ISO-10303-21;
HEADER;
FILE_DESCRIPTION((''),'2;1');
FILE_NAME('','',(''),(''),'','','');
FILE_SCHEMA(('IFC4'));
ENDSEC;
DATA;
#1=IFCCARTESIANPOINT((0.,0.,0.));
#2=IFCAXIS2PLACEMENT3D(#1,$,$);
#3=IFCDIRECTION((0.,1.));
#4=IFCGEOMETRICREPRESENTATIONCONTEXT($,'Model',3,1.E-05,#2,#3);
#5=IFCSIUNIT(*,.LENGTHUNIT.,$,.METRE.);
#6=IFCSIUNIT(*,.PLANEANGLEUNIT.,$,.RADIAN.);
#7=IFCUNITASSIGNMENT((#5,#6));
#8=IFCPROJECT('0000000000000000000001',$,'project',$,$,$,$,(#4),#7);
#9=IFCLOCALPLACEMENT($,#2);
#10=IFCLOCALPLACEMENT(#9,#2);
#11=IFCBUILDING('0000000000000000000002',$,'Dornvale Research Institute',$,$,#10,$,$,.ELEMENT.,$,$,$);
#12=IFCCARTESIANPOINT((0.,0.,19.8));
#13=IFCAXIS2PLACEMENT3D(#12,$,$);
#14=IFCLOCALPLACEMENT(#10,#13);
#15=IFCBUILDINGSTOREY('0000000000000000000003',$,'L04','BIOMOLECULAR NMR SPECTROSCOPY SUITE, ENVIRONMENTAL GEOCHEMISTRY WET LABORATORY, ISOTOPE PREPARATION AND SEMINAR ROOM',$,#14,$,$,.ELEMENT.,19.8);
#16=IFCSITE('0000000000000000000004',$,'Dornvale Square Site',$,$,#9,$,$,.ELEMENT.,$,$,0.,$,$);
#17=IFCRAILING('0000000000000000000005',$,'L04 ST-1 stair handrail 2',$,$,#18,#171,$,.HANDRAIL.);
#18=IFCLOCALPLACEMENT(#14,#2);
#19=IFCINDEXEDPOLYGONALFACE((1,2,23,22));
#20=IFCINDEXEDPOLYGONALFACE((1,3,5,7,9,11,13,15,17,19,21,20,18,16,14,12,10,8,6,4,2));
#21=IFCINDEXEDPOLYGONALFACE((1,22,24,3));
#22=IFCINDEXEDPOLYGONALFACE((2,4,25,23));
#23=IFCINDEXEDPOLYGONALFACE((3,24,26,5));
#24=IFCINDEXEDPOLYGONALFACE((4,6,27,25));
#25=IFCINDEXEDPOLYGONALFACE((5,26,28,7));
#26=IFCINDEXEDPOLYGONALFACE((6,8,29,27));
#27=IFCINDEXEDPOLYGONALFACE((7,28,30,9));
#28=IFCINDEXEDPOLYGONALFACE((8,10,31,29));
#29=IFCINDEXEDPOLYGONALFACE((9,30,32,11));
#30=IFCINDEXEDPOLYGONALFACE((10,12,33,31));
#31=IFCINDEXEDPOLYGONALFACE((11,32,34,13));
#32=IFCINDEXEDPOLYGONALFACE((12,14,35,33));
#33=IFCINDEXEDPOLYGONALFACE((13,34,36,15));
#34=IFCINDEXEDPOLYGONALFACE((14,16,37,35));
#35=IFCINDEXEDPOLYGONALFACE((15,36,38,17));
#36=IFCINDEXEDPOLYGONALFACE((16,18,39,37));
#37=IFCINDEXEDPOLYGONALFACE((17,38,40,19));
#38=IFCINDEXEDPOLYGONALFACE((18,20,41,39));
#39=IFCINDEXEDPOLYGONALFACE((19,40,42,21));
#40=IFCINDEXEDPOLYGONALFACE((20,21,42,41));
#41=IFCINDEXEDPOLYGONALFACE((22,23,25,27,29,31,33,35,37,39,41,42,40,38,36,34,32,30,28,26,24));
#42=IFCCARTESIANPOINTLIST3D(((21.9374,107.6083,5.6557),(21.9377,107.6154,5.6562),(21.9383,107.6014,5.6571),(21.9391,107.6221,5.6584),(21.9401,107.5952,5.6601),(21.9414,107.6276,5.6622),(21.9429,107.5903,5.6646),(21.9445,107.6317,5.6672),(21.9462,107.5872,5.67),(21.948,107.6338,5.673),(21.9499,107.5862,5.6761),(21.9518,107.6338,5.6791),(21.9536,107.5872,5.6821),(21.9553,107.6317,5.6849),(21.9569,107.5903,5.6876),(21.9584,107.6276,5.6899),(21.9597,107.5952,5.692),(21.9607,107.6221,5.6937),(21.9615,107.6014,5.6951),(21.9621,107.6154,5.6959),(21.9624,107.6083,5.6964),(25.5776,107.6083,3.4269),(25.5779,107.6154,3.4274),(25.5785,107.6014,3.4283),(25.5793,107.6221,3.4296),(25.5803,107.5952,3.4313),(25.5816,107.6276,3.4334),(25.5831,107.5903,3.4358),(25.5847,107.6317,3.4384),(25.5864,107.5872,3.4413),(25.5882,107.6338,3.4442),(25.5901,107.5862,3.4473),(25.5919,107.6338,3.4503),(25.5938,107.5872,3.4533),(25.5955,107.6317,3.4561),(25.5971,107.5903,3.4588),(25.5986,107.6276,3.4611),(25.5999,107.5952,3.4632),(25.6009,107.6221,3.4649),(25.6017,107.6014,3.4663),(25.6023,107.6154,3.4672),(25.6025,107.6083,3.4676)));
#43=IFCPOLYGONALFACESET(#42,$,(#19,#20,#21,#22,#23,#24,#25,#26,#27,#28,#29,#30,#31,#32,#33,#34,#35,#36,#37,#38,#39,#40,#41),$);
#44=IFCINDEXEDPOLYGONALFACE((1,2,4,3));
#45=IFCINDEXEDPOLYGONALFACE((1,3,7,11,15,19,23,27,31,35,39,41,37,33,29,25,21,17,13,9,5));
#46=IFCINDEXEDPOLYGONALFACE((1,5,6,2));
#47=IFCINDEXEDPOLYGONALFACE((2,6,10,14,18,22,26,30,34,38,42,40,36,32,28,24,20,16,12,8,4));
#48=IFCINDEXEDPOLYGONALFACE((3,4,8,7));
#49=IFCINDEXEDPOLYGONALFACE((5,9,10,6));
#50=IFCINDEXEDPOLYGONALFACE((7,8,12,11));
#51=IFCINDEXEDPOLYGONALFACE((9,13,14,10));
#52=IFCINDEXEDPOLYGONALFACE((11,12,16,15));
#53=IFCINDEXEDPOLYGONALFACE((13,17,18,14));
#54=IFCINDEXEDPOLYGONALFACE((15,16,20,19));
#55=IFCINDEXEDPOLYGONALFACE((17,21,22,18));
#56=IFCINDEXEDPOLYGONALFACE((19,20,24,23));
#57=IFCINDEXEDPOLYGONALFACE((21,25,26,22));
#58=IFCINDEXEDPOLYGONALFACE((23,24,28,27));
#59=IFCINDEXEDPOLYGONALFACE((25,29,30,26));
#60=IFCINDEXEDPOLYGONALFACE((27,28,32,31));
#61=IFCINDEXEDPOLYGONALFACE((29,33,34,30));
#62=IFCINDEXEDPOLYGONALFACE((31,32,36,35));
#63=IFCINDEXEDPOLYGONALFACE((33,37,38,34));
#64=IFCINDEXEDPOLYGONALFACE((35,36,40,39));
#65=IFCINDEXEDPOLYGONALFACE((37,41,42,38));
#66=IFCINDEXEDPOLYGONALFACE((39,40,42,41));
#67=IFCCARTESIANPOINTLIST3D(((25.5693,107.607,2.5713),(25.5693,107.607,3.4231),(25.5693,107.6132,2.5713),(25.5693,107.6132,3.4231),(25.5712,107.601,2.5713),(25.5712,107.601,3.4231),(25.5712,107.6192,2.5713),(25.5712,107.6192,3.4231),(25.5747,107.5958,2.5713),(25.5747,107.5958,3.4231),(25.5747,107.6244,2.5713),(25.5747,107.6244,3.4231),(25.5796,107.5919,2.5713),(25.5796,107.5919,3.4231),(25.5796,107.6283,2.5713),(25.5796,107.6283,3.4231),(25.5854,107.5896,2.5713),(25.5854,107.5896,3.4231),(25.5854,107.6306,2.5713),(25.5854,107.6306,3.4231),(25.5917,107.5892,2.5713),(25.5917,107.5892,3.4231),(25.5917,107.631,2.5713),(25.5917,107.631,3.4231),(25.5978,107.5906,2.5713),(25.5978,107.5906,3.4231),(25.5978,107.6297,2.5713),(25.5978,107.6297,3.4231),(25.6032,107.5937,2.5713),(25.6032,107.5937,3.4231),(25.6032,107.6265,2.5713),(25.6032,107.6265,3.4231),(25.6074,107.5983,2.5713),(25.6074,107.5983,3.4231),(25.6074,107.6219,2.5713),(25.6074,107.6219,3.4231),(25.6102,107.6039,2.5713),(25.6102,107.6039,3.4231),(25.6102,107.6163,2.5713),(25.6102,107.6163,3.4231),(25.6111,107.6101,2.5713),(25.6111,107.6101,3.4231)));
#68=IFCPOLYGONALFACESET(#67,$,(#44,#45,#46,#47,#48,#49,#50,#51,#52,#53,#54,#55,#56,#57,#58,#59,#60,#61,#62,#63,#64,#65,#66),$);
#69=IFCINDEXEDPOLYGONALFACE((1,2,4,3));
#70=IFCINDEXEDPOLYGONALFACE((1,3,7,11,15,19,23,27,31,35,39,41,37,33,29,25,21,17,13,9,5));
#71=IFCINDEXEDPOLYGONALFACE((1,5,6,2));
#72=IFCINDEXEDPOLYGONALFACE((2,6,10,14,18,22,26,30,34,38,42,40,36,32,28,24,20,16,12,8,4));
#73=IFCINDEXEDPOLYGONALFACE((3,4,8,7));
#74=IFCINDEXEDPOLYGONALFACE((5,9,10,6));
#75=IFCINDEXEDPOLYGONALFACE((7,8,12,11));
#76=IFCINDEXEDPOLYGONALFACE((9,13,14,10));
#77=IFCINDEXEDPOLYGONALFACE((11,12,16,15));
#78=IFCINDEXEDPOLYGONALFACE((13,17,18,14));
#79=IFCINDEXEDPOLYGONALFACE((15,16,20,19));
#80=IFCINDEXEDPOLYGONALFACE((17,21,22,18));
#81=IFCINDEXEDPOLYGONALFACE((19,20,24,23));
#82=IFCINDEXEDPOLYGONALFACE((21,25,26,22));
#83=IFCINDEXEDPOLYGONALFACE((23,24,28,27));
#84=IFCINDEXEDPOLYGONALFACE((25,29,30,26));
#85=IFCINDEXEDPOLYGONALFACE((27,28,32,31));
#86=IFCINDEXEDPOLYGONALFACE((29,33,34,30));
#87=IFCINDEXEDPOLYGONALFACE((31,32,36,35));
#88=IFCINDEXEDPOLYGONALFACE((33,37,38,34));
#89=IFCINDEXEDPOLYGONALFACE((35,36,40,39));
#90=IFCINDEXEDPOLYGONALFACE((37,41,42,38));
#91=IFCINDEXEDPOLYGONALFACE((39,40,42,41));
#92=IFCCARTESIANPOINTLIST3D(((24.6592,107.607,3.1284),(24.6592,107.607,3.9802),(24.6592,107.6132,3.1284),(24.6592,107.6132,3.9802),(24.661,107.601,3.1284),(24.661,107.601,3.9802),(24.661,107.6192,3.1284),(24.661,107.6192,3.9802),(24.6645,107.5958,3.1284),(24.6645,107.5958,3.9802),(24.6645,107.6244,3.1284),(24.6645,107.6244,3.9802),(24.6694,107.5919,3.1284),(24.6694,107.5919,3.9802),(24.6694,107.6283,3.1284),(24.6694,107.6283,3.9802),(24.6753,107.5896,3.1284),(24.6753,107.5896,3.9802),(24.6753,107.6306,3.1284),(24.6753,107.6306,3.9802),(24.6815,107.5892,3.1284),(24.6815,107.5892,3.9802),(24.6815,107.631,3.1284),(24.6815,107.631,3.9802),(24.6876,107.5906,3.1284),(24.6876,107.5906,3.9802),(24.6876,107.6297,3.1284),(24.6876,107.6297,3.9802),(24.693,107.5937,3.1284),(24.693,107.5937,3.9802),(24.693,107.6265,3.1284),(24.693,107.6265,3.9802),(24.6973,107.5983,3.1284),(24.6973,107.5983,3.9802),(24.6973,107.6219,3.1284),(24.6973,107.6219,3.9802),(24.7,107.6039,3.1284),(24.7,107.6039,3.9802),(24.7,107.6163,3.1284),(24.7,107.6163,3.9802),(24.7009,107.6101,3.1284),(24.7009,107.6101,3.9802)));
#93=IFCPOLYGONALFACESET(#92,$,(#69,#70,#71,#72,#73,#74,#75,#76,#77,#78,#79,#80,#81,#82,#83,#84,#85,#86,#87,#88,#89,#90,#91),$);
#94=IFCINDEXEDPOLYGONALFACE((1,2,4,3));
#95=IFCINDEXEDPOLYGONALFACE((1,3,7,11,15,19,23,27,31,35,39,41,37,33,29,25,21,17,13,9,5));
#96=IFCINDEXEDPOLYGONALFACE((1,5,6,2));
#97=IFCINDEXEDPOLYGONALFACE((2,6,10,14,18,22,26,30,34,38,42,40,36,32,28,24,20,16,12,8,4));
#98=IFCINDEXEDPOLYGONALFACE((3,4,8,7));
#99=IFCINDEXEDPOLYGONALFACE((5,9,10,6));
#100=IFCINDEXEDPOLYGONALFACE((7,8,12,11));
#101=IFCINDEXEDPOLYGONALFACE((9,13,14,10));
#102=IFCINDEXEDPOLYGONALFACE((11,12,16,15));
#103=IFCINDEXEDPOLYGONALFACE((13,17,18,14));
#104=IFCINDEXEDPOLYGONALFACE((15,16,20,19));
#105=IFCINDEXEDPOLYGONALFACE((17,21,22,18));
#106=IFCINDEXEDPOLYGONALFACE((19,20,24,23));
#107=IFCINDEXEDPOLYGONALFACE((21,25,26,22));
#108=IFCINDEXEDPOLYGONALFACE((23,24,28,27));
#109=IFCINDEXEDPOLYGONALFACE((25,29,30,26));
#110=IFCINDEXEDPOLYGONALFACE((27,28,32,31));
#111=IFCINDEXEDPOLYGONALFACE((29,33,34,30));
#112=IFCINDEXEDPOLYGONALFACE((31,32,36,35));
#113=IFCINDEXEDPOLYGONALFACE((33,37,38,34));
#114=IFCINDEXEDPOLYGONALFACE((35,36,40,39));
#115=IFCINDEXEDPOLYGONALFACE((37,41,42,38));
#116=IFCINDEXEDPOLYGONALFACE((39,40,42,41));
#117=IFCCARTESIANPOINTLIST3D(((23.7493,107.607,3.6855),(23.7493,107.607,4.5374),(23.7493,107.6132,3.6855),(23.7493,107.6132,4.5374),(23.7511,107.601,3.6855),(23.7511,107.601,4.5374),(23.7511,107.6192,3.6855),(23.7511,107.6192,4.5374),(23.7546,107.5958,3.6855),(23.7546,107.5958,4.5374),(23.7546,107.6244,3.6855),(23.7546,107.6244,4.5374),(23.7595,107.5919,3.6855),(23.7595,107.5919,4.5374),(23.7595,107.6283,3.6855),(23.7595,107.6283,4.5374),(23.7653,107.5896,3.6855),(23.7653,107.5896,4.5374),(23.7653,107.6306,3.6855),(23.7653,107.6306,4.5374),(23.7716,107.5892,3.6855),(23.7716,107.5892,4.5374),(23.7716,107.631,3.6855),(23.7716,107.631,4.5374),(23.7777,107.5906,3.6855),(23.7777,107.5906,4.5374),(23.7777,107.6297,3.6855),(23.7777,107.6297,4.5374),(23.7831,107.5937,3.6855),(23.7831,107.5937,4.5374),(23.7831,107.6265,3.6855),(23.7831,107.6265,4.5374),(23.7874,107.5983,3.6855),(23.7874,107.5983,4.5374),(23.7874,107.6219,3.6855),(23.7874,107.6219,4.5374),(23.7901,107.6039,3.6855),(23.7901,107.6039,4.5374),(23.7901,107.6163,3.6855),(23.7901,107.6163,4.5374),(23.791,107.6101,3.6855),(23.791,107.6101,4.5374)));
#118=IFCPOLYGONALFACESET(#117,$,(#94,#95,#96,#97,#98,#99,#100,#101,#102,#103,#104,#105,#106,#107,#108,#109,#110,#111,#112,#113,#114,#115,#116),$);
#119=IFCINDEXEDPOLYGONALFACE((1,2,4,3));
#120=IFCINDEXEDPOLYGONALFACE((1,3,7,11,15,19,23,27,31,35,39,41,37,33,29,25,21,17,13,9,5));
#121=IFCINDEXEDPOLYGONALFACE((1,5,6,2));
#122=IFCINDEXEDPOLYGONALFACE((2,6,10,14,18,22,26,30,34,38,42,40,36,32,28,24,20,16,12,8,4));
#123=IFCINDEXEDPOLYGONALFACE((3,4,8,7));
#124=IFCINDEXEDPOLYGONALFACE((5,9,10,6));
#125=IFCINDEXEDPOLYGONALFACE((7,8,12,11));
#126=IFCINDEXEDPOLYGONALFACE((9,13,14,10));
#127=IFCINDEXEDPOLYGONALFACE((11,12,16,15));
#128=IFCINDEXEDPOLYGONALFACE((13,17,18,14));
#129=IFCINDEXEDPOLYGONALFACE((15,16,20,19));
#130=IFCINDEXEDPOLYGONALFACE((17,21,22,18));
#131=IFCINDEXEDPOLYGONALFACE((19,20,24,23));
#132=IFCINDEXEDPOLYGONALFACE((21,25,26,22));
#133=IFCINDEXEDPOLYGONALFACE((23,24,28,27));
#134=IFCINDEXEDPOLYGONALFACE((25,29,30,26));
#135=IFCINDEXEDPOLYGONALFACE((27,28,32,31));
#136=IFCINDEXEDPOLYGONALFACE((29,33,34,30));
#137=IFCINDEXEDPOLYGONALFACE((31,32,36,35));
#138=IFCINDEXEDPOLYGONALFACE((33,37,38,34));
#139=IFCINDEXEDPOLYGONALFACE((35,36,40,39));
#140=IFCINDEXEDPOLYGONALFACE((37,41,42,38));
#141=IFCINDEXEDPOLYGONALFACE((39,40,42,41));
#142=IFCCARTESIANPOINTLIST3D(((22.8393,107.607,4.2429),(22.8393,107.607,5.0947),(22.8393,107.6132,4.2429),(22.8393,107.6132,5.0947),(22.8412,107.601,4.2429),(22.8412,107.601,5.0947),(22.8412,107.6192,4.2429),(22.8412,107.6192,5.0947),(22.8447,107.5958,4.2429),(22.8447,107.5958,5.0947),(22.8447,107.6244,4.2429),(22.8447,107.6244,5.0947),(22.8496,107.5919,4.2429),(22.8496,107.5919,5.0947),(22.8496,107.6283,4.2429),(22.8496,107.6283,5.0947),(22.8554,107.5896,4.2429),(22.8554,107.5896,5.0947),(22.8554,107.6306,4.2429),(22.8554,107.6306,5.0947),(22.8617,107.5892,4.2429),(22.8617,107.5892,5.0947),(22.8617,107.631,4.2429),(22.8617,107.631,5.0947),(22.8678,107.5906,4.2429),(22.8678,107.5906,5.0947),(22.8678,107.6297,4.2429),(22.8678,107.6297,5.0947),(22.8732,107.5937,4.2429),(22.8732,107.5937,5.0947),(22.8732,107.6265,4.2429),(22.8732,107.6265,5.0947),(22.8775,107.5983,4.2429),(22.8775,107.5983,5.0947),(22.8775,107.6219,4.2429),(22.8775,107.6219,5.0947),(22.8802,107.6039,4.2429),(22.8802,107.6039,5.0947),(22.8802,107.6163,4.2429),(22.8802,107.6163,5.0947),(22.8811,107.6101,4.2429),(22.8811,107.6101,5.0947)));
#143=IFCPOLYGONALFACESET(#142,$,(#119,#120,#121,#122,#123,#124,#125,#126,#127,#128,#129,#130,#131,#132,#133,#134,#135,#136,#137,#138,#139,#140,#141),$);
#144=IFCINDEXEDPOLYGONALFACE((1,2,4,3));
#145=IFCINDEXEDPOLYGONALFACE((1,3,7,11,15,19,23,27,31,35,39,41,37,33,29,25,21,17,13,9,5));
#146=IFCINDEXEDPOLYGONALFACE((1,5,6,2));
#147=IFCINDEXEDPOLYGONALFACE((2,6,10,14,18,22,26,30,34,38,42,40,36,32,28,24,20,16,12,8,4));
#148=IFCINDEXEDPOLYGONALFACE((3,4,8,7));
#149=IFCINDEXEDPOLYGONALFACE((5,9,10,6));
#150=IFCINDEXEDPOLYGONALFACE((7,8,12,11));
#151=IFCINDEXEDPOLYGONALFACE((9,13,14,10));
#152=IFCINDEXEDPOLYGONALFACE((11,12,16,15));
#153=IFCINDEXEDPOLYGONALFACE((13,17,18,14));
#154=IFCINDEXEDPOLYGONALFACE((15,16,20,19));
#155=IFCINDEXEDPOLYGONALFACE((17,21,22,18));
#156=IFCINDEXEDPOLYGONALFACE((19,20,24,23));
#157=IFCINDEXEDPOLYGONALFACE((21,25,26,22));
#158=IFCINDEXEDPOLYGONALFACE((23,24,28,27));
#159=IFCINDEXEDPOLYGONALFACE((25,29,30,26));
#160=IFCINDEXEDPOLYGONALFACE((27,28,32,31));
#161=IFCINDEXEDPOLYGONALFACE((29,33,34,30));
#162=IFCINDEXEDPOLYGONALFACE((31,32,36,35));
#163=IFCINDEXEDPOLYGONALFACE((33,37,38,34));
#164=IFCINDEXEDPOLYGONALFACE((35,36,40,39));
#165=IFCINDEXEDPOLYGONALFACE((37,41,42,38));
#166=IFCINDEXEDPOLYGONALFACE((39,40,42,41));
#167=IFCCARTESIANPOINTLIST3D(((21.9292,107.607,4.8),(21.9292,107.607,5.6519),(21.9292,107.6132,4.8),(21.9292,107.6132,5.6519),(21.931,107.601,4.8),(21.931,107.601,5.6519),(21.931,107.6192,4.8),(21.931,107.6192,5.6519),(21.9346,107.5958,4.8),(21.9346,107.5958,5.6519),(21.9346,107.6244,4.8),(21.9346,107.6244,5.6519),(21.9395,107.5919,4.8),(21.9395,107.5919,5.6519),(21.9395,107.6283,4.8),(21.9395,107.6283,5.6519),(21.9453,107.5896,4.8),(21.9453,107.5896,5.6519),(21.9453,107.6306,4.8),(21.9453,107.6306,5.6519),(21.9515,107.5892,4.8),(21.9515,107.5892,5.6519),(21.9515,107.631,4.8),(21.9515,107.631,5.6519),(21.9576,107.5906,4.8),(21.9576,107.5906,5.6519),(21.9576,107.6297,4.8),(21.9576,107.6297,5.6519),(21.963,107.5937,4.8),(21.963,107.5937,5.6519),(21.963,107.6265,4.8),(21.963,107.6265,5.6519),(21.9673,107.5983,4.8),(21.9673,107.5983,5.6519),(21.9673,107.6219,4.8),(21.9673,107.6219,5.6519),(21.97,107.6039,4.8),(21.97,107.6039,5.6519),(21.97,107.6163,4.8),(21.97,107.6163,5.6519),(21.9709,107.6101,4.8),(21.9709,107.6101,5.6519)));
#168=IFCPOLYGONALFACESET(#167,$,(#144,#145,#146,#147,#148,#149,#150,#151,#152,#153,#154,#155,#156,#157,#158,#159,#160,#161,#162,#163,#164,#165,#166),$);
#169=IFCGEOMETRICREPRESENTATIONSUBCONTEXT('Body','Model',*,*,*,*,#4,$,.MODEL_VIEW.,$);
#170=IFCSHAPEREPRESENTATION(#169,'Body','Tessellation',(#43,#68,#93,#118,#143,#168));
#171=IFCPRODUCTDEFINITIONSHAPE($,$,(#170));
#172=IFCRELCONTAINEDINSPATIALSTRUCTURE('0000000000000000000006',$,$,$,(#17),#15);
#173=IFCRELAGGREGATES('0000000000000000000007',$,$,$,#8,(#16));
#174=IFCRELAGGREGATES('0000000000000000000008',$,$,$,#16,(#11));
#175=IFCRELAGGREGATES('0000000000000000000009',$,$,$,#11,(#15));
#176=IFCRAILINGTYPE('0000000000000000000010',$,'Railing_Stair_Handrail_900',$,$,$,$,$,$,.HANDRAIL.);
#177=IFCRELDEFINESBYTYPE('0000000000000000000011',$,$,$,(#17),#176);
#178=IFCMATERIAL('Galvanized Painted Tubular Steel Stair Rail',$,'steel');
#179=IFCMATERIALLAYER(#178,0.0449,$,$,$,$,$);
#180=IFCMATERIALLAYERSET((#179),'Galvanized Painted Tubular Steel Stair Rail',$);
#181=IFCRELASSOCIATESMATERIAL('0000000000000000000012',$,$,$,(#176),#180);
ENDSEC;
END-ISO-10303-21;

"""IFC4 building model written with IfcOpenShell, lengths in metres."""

from ifc_helpers import new_model, si_unit, direction, frame, origin, origin_2d, place, context, subcontext, project, spatial, circle, extrude, material, layer, layer_set, type_object, element, save


model = new_model("IFC4")

# Units and contexts
model_context = context("Model", 3, precision=1e-05, world=origin(), true_north=direction((0.0, 1.0)))
body_context = subcontext(model_context, "Body", "Model", "MODEL_VIEW")
ifc_project = project(units=[si_unit("LENGTHUNIT", "METRE"), si_unit("PLANEANGLEUNIT", "RADIAN")], contexts=[model_context])

# Site, building, storey
site_placement = place(None, origin())
site = spatial("IfcSite", under=ifc_project, at=site_placement, Name="Dornvale Square Site", CompositionType="ELEMENT", RefElevation=0.0)
building_placement = place(site_placement, origin())
building = spatial("IfcBuilding", under=site, at=building_placement, Name="Dornvale Research Institute", CompositionType="ELEMENT")
storey_placement = place(building_placement, frame((0.0, 0.0, 19.8)))
storey = spatial("IfcBuildingStorey", under=building, at=storey_placement, Name="L04", Description="BIOMOLECULAR NMR SPECTROSCOPY SUITE, ENVIRONMENTAL GEOCHEMISTRY WET LABORATORY, ISOTOPE PREPARATION AND SEMINAR ROOM", CompositionType="ELEMENT", Elevation=19.8)

# Railing
ifc_material_1 = material(Name="Galvanized Painted Tubular Steel Stair Rail", Category="steel")
ifc_layer_1 = layer(ifc_material_1, 0.0449)
ifc_layer_set_1 = layer_set([ifc_layer_1], Name="Galvanized Painted Tubular Steel Stair Rail")
railing_type_1 = type_object("IfcRailingType", Name="Railing_Stair_Handrail_900", PredefinedType="HANDRAIL", material=ifc_layer_set_1)
railing_1_placement = place(storey_placement, frame((25.5901, 107.6101, 2.5713)))
element("IfcRailing", 1, at=railing_1_placement, inside=storey, type_object=railing_type_1, Name="L04 ST-1 stair handrail 2", PredefinedType="HANDRAIL", context=body_context, shape_type="SweptSolid", body=[
    extrude(circle(Radius=0.0239, at=origin_2d()), frame((0.0, 0.0, 0.876), z_axis=(-0.85284, 0.0, 0.522172), x_axis=(0.0, -1.0, 0.0)), (0.0, 0.0, 1.0), 4.2683),
    extrude(circle(Radius=0.021, at=origin_2d()), origin(), (0.0, 0.0, 1.0), 0.8518),
    extrude(circle(Radius=0.021, at=origin_2d()), frame((-0.9102, 0.0, 0.5571)), (0.0, 0.0, 1.0), 0.8518),
    extrude(circle(Radius=0.021, at=origin_2d()), frame((-1.8201, 0.0, 1.1143)), (0.0, 0.0, 1.0), 0.8518),
    extrude(circle(Radius=0.021, at=origin_2d()), frame((-2.73, 0.0, 1.6716)), (0.0, 0.0, 1.0), 0.8518),
    extrude(circle(Radius=0.021, at=origin_2d()), frame((-3.6401, 0.0, 2.2288)), (0.0, 0.0, 1.0), 0.8518),
])

save(model, "model.ifc")
